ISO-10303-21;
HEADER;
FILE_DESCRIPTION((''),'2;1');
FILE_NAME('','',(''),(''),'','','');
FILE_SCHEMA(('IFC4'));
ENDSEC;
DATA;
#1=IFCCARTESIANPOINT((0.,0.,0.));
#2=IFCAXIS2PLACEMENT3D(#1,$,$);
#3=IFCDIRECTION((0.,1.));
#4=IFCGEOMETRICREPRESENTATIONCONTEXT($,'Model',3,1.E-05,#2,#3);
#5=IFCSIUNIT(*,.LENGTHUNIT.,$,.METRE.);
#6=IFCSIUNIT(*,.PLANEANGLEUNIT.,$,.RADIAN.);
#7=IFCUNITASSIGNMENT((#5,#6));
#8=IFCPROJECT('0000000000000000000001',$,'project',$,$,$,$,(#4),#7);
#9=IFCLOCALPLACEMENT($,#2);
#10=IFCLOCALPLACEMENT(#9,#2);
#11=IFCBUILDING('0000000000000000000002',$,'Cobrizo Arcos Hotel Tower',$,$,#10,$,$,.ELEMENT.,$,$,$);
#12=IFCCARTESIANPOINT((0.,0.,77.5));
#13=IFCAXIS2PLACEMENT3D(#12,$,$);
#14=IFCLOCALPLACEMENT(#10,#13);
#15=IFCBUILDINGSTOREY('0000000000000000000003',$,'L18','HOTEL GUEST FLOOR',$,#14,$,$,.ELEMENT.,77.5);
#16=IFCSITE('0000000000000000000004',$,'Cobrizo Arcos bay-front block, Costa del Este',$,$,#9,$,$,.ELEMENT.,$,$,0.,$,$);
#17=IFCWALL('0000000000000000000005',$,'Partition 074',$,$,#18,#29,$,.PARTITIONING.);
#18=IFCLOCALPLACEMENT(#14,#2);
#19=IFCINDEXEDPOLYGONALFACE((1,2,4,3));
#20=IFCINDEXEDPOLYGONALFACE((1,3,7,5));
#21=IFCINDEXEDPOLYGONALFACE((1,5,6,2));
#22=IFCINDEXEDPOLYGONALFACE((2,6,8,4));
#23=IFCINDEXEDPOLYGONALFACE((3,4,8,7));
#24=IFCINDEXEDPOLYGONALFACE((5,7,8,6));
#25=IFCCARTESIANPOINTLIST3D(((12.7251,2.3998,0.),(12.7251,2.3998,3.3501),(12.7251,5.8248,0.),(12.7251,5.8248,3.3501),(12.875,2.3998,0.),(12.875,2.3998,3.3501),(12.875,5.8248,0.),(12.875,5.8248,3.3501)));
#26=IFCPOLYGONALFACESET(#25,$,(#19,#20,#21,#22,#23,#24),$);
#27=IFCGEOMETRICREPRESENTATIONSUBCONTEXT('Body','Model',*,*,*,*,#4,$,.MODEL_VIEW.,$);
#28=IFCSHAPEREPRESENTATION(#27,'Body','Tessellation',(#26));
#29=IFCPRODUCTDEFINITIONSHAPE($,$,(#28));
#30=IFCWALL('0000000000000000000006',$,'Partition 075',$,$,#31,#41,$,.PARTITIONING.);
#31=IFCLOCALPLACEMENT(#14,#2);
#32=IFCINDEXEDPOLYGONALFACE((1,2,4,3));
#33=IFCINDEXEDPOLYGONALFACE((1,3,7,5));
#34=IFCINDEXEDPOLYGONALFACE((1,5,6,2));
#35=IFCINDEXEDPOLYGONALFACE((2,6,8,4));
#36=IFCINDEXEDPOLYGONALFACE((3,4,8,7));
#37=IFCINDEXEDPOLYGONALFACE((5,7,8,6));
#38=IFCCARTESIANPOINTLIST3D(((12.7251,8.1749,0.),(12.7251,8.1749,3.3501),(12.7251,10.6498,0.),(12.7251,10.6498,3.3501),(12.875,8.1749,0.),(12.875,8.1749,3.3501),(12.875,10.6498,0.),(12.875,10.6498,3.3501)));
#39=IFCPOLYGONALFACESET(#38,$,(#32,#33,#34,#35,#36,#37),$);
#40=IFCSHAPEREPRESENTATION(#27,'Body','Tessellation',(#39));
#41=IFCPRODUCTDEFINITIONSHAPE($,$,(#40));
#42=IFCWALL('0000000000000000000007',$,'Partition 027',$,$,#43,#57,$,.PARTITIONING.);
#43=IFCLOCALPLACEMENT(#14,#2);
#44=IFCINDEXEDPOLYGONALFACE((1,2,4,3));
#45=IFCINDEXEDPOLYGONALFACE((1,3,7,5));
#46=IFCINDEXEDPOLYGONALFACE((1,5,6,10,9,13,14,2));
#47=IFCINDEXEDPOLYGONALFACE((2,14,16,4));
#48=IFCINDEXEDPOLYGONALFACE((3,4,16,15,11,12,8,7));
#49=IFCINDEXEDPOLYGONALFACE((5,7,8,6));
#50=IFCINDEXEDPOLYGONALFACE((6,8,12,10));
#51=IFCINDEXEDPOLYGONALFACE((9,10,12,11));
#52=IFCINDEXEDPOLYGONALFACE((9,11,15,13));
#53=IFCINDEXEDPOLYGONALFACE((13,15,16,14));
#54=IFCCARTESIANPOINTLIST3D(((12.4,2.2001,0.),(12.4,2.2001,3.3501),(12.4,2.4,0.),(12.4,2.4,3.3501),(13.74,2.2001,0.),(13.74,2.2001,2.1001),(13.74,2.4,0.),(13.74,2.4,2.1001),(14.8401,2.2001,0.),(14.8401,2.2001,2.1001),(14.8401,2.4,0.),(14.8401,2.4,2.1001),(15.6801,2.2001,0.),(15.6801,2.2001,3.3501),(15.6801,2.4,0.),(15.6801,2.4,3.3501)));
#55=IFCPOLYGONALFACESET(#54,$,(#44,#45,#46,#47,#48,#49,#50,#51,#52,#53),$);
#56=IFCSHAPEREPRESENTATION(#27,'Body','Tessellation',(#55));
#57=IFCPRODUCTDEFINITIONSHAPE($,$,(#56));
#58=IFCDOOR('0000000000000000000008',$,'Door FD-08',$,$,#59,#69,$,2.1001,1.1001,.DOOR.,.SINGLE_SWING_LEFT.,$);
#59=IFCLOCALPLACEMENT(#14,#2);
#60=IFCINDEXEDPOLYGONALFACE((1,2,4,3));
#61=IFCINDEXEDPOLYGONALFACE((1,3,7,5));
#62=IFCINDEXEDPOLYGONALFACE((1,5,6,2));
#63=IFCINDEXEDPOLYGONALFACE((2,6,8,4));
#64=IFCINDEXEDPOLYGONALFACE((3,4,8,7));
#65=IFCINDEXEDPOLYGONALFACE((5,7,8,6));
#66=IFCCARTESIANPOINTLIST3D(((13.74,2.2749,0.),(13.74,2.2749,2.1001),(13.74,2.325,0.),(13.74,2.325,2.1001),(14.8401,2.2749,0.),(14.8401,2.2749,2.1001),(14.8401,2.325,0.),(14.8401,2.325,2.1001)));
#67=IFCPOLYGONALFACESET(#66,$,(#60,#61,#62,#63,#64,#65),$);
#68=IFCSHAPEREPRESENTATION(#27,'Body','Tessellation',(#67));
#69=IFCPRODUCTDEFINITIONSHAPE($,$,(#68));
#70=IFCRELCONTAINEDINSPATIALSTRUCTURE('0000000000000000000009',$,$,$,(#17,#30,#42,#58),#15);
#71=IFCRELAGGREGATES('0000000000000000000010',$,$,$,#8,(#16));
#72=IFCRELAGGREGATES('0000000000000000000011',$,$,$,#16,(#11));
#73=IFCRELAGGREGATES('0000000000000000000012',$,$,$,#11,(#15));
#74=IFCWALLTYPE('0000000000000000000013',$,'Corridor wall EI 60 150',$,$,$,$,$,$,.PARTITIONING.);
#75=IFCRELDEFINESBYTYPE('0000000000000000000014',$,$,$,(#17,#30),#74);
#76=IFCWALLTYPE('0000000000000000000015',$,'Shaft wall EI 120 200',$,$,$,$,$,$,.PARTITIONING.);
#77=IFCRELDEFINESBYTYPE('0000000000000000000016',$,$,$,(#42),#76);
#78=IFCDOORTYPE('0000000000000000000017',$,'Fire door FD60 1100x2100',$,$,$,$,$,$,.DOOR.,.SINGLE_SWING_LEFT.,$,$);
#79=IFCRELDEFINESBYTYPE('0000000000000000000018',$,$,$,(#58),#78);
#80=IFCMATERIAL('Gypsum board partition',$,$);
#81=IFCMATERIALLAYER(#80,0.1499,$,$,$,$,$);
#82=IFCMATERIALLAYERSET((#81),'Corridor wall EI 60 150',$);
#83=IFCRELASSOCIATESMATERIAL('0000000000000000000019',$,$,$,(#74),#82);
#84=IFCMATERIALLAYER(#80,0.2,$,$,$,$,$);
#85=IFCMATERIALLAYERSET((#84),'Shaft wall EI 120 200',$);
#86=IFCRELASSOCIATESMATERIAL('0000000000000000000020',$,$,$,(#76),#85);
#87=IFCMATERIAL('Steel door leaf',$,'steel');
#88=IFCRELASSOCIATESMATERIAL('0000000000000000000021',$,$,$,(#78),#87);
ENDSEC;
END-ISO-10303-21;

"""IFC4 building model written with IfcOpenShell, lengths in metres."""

from ifc_helpers import new_model, si_unit, direction, frame, frame_2d, origin, place, context, subcontext, project, spatial, rectangle, extrude, material, layer, layer_set, type_object, element, fill, save


model = new_model("IFC4")

# Units and contexts
model_context = context("Model", 3, precision=1e-05, world=origin(), true_north=direction((0.0, 1.0)))
body_context = subcontext(model_context, "Body", "Model", "MODEL_VIEW")
ifc_project = project(units=[si_unit("LENGTHUNIT", "METRE"), si_unit("PLANEANGLEUNIT", "RADIAN")], contexts=[model_context])

# Site, building, storey
site_placement = place(None, origin())
site = spatial("IfcSite", under=ifc_project, at=site_placement, Name="Cobrizo Arcos bay-front block, Costa del Este", CompositionType="ELEMENT", RefElevation=0.0)
building_placement = place(site_placement, origin())
building = spatial("IfcBuilding", under=site, at=building_placement, Name="Cobrizo Arcos Hotel Tower", CompositionType="ELEMENT")
storey_placement = place(building_placement, frame((0.0, 0.0, 77.5)))
storey = spatial("IfcBuildingStorey", under=building, at=storey_placement, Name="L18", Description="HOTEL GUEST FLOOR", CompositionType="ELEMENT", Elevation=77.5)

# Shared definitions
ifc_material_1 = material(Name="Gypsum board partition")
ifc_layer_1 = layer(ifc_material_1, 0.1499)
ifc_layer_set_1 = layer_set([ifc_layer_1], Name="Corridor wall EI 60 150")
wall_type_1 = type_object("IfcWallType", Name="Corridor wall EI 60 150", PredefinedType="PARTITIONING", material=ifc_layer_set_1)

# Walls
wall_1_placement = place(storey_placement, frame((12.8, 2.3999, 0.0), z_axis=(0.0, 0.0, 1.0), x_axis=(0.0, 1.0, 0.0)))
element("IfcWall", 1, at=wall_1_placement, inside=storey, type_object=wall_type_1, Name="Partition 074", PredefinedType="PARTITIONING", context=body_context, shape_type="SweptSolid", body=[
    extrude(rectangle(XDim=3.425, YDim=0.1499, at=frame_2d((1.7124, 0.0))), origin(), (0.0, 0.0, 1.0), 3.3501),
])
wall_2_placement = place(storey_placement, frame((12.8, 8.175, 0.0), z_axis=(0.0, 0.0, 1.0), x_axis=(0.0, 1.0, 0.0)))
element("IfcWall", 2, at=wall_2_placement, inside=storey, type_object=wall_type_1, Name="Partition 075", PredefinedType="PARTITIONING", context=body_context, shape_type="SweptSolid", body=[
    extrude(rectangle(XDim=2.4749, YDim=0.1499, at=frame_2d((1.2373, 0.0))), origin(), (0.0, 0.0, 1.0), 3.3501),
])

# Wall, opening, door
ifc_layer_2 = layer(ifc_material_1, 0.2)
ifc_layer_set_2 = layer_set([ifc_layer_2], Name="Shaft wall EI 120 200")
wall_type_2 = type_object("IfcWallType", Name="Shaft wall EI 120 200", PredefinedType="PARTITIONING", material=ifc_layer_set_2)
wall_3_placement = place(storey_placement, frame((12.3999, 2.3, 0.0), z_axis=(0.0, 0.0, 1.0), x_axis=(1.0, 0.0, 0.0)))
wall_3 = element("IfcWall", 3, at=wall_3_placement, inside=storey, type_object=wall_type_2, Name="Partition 027", PredefinedType="PARTITIONING", context=body_context, shape_type="SweptSolid", body=[
    extrude(rectangle(XDim=3.28, YDim=0.2, at=frame_2d((1.6401, 0.0))), origin(), (0.0, 0.0, 1.0), 3.3501),
])
opening_1_placement = place(wall_3_placement, frame((1.3401, 0.0, 0.0)))
opening_1 = element("IfcOpeningElement", 4, at=opening_1_placement, cuts=wall_3, PredefinedType="OPENING", context=body_context, shape_type="SweptSolid", body=[
    extrude(rectangle(XDim=1.1001, YDim=2.1001, at=frame_2d((0.55, 1.05))), frame((0.0, 0.1121, 0.0), z_axis=(0.0, -1.0, 0.0), x_axis=(1.0, 0.0, 0.0)), (0.0, 0.0, 1.0), 0.2239),
])
ifc_material_2 = material(Name="Steel door leaf", Category="steel")
door_type_1 = type_object("IfcDoorType", Name="Fire door FD60 1100x2100", OperationType="SINGLE_SWING_LEFT", PredefinedType="DOOR", material=ifc_material_2)
door_1_placement = place(opening_1_placement, origin())
door_1 = element("IfcDoor", 5, at=door_1_placement, inside=storey, type_object=door_type_1, Name="Door FD-08", OperationType="SINGLE_SWING_LEFT", OverallHeight=2.1001, OverallWidth=1.1001, PredefinedType="DOOR", context=body_context, shape_type="SweptSolid", body=[
    extrude(rectangle(XDim=1.1001, YDim=2.1001, at=frame_2d((0.55, 1.05))), frame((0.0, 0.0249, 0.0), z_axis=(0.0, -1.0, 0.0), x_axis=(1.0, 0.0, 0.0)), (0.0, 0.0, 1.0), 0.05),
])
fill(opening_1, door_1)

save(model, "model.ifc")
